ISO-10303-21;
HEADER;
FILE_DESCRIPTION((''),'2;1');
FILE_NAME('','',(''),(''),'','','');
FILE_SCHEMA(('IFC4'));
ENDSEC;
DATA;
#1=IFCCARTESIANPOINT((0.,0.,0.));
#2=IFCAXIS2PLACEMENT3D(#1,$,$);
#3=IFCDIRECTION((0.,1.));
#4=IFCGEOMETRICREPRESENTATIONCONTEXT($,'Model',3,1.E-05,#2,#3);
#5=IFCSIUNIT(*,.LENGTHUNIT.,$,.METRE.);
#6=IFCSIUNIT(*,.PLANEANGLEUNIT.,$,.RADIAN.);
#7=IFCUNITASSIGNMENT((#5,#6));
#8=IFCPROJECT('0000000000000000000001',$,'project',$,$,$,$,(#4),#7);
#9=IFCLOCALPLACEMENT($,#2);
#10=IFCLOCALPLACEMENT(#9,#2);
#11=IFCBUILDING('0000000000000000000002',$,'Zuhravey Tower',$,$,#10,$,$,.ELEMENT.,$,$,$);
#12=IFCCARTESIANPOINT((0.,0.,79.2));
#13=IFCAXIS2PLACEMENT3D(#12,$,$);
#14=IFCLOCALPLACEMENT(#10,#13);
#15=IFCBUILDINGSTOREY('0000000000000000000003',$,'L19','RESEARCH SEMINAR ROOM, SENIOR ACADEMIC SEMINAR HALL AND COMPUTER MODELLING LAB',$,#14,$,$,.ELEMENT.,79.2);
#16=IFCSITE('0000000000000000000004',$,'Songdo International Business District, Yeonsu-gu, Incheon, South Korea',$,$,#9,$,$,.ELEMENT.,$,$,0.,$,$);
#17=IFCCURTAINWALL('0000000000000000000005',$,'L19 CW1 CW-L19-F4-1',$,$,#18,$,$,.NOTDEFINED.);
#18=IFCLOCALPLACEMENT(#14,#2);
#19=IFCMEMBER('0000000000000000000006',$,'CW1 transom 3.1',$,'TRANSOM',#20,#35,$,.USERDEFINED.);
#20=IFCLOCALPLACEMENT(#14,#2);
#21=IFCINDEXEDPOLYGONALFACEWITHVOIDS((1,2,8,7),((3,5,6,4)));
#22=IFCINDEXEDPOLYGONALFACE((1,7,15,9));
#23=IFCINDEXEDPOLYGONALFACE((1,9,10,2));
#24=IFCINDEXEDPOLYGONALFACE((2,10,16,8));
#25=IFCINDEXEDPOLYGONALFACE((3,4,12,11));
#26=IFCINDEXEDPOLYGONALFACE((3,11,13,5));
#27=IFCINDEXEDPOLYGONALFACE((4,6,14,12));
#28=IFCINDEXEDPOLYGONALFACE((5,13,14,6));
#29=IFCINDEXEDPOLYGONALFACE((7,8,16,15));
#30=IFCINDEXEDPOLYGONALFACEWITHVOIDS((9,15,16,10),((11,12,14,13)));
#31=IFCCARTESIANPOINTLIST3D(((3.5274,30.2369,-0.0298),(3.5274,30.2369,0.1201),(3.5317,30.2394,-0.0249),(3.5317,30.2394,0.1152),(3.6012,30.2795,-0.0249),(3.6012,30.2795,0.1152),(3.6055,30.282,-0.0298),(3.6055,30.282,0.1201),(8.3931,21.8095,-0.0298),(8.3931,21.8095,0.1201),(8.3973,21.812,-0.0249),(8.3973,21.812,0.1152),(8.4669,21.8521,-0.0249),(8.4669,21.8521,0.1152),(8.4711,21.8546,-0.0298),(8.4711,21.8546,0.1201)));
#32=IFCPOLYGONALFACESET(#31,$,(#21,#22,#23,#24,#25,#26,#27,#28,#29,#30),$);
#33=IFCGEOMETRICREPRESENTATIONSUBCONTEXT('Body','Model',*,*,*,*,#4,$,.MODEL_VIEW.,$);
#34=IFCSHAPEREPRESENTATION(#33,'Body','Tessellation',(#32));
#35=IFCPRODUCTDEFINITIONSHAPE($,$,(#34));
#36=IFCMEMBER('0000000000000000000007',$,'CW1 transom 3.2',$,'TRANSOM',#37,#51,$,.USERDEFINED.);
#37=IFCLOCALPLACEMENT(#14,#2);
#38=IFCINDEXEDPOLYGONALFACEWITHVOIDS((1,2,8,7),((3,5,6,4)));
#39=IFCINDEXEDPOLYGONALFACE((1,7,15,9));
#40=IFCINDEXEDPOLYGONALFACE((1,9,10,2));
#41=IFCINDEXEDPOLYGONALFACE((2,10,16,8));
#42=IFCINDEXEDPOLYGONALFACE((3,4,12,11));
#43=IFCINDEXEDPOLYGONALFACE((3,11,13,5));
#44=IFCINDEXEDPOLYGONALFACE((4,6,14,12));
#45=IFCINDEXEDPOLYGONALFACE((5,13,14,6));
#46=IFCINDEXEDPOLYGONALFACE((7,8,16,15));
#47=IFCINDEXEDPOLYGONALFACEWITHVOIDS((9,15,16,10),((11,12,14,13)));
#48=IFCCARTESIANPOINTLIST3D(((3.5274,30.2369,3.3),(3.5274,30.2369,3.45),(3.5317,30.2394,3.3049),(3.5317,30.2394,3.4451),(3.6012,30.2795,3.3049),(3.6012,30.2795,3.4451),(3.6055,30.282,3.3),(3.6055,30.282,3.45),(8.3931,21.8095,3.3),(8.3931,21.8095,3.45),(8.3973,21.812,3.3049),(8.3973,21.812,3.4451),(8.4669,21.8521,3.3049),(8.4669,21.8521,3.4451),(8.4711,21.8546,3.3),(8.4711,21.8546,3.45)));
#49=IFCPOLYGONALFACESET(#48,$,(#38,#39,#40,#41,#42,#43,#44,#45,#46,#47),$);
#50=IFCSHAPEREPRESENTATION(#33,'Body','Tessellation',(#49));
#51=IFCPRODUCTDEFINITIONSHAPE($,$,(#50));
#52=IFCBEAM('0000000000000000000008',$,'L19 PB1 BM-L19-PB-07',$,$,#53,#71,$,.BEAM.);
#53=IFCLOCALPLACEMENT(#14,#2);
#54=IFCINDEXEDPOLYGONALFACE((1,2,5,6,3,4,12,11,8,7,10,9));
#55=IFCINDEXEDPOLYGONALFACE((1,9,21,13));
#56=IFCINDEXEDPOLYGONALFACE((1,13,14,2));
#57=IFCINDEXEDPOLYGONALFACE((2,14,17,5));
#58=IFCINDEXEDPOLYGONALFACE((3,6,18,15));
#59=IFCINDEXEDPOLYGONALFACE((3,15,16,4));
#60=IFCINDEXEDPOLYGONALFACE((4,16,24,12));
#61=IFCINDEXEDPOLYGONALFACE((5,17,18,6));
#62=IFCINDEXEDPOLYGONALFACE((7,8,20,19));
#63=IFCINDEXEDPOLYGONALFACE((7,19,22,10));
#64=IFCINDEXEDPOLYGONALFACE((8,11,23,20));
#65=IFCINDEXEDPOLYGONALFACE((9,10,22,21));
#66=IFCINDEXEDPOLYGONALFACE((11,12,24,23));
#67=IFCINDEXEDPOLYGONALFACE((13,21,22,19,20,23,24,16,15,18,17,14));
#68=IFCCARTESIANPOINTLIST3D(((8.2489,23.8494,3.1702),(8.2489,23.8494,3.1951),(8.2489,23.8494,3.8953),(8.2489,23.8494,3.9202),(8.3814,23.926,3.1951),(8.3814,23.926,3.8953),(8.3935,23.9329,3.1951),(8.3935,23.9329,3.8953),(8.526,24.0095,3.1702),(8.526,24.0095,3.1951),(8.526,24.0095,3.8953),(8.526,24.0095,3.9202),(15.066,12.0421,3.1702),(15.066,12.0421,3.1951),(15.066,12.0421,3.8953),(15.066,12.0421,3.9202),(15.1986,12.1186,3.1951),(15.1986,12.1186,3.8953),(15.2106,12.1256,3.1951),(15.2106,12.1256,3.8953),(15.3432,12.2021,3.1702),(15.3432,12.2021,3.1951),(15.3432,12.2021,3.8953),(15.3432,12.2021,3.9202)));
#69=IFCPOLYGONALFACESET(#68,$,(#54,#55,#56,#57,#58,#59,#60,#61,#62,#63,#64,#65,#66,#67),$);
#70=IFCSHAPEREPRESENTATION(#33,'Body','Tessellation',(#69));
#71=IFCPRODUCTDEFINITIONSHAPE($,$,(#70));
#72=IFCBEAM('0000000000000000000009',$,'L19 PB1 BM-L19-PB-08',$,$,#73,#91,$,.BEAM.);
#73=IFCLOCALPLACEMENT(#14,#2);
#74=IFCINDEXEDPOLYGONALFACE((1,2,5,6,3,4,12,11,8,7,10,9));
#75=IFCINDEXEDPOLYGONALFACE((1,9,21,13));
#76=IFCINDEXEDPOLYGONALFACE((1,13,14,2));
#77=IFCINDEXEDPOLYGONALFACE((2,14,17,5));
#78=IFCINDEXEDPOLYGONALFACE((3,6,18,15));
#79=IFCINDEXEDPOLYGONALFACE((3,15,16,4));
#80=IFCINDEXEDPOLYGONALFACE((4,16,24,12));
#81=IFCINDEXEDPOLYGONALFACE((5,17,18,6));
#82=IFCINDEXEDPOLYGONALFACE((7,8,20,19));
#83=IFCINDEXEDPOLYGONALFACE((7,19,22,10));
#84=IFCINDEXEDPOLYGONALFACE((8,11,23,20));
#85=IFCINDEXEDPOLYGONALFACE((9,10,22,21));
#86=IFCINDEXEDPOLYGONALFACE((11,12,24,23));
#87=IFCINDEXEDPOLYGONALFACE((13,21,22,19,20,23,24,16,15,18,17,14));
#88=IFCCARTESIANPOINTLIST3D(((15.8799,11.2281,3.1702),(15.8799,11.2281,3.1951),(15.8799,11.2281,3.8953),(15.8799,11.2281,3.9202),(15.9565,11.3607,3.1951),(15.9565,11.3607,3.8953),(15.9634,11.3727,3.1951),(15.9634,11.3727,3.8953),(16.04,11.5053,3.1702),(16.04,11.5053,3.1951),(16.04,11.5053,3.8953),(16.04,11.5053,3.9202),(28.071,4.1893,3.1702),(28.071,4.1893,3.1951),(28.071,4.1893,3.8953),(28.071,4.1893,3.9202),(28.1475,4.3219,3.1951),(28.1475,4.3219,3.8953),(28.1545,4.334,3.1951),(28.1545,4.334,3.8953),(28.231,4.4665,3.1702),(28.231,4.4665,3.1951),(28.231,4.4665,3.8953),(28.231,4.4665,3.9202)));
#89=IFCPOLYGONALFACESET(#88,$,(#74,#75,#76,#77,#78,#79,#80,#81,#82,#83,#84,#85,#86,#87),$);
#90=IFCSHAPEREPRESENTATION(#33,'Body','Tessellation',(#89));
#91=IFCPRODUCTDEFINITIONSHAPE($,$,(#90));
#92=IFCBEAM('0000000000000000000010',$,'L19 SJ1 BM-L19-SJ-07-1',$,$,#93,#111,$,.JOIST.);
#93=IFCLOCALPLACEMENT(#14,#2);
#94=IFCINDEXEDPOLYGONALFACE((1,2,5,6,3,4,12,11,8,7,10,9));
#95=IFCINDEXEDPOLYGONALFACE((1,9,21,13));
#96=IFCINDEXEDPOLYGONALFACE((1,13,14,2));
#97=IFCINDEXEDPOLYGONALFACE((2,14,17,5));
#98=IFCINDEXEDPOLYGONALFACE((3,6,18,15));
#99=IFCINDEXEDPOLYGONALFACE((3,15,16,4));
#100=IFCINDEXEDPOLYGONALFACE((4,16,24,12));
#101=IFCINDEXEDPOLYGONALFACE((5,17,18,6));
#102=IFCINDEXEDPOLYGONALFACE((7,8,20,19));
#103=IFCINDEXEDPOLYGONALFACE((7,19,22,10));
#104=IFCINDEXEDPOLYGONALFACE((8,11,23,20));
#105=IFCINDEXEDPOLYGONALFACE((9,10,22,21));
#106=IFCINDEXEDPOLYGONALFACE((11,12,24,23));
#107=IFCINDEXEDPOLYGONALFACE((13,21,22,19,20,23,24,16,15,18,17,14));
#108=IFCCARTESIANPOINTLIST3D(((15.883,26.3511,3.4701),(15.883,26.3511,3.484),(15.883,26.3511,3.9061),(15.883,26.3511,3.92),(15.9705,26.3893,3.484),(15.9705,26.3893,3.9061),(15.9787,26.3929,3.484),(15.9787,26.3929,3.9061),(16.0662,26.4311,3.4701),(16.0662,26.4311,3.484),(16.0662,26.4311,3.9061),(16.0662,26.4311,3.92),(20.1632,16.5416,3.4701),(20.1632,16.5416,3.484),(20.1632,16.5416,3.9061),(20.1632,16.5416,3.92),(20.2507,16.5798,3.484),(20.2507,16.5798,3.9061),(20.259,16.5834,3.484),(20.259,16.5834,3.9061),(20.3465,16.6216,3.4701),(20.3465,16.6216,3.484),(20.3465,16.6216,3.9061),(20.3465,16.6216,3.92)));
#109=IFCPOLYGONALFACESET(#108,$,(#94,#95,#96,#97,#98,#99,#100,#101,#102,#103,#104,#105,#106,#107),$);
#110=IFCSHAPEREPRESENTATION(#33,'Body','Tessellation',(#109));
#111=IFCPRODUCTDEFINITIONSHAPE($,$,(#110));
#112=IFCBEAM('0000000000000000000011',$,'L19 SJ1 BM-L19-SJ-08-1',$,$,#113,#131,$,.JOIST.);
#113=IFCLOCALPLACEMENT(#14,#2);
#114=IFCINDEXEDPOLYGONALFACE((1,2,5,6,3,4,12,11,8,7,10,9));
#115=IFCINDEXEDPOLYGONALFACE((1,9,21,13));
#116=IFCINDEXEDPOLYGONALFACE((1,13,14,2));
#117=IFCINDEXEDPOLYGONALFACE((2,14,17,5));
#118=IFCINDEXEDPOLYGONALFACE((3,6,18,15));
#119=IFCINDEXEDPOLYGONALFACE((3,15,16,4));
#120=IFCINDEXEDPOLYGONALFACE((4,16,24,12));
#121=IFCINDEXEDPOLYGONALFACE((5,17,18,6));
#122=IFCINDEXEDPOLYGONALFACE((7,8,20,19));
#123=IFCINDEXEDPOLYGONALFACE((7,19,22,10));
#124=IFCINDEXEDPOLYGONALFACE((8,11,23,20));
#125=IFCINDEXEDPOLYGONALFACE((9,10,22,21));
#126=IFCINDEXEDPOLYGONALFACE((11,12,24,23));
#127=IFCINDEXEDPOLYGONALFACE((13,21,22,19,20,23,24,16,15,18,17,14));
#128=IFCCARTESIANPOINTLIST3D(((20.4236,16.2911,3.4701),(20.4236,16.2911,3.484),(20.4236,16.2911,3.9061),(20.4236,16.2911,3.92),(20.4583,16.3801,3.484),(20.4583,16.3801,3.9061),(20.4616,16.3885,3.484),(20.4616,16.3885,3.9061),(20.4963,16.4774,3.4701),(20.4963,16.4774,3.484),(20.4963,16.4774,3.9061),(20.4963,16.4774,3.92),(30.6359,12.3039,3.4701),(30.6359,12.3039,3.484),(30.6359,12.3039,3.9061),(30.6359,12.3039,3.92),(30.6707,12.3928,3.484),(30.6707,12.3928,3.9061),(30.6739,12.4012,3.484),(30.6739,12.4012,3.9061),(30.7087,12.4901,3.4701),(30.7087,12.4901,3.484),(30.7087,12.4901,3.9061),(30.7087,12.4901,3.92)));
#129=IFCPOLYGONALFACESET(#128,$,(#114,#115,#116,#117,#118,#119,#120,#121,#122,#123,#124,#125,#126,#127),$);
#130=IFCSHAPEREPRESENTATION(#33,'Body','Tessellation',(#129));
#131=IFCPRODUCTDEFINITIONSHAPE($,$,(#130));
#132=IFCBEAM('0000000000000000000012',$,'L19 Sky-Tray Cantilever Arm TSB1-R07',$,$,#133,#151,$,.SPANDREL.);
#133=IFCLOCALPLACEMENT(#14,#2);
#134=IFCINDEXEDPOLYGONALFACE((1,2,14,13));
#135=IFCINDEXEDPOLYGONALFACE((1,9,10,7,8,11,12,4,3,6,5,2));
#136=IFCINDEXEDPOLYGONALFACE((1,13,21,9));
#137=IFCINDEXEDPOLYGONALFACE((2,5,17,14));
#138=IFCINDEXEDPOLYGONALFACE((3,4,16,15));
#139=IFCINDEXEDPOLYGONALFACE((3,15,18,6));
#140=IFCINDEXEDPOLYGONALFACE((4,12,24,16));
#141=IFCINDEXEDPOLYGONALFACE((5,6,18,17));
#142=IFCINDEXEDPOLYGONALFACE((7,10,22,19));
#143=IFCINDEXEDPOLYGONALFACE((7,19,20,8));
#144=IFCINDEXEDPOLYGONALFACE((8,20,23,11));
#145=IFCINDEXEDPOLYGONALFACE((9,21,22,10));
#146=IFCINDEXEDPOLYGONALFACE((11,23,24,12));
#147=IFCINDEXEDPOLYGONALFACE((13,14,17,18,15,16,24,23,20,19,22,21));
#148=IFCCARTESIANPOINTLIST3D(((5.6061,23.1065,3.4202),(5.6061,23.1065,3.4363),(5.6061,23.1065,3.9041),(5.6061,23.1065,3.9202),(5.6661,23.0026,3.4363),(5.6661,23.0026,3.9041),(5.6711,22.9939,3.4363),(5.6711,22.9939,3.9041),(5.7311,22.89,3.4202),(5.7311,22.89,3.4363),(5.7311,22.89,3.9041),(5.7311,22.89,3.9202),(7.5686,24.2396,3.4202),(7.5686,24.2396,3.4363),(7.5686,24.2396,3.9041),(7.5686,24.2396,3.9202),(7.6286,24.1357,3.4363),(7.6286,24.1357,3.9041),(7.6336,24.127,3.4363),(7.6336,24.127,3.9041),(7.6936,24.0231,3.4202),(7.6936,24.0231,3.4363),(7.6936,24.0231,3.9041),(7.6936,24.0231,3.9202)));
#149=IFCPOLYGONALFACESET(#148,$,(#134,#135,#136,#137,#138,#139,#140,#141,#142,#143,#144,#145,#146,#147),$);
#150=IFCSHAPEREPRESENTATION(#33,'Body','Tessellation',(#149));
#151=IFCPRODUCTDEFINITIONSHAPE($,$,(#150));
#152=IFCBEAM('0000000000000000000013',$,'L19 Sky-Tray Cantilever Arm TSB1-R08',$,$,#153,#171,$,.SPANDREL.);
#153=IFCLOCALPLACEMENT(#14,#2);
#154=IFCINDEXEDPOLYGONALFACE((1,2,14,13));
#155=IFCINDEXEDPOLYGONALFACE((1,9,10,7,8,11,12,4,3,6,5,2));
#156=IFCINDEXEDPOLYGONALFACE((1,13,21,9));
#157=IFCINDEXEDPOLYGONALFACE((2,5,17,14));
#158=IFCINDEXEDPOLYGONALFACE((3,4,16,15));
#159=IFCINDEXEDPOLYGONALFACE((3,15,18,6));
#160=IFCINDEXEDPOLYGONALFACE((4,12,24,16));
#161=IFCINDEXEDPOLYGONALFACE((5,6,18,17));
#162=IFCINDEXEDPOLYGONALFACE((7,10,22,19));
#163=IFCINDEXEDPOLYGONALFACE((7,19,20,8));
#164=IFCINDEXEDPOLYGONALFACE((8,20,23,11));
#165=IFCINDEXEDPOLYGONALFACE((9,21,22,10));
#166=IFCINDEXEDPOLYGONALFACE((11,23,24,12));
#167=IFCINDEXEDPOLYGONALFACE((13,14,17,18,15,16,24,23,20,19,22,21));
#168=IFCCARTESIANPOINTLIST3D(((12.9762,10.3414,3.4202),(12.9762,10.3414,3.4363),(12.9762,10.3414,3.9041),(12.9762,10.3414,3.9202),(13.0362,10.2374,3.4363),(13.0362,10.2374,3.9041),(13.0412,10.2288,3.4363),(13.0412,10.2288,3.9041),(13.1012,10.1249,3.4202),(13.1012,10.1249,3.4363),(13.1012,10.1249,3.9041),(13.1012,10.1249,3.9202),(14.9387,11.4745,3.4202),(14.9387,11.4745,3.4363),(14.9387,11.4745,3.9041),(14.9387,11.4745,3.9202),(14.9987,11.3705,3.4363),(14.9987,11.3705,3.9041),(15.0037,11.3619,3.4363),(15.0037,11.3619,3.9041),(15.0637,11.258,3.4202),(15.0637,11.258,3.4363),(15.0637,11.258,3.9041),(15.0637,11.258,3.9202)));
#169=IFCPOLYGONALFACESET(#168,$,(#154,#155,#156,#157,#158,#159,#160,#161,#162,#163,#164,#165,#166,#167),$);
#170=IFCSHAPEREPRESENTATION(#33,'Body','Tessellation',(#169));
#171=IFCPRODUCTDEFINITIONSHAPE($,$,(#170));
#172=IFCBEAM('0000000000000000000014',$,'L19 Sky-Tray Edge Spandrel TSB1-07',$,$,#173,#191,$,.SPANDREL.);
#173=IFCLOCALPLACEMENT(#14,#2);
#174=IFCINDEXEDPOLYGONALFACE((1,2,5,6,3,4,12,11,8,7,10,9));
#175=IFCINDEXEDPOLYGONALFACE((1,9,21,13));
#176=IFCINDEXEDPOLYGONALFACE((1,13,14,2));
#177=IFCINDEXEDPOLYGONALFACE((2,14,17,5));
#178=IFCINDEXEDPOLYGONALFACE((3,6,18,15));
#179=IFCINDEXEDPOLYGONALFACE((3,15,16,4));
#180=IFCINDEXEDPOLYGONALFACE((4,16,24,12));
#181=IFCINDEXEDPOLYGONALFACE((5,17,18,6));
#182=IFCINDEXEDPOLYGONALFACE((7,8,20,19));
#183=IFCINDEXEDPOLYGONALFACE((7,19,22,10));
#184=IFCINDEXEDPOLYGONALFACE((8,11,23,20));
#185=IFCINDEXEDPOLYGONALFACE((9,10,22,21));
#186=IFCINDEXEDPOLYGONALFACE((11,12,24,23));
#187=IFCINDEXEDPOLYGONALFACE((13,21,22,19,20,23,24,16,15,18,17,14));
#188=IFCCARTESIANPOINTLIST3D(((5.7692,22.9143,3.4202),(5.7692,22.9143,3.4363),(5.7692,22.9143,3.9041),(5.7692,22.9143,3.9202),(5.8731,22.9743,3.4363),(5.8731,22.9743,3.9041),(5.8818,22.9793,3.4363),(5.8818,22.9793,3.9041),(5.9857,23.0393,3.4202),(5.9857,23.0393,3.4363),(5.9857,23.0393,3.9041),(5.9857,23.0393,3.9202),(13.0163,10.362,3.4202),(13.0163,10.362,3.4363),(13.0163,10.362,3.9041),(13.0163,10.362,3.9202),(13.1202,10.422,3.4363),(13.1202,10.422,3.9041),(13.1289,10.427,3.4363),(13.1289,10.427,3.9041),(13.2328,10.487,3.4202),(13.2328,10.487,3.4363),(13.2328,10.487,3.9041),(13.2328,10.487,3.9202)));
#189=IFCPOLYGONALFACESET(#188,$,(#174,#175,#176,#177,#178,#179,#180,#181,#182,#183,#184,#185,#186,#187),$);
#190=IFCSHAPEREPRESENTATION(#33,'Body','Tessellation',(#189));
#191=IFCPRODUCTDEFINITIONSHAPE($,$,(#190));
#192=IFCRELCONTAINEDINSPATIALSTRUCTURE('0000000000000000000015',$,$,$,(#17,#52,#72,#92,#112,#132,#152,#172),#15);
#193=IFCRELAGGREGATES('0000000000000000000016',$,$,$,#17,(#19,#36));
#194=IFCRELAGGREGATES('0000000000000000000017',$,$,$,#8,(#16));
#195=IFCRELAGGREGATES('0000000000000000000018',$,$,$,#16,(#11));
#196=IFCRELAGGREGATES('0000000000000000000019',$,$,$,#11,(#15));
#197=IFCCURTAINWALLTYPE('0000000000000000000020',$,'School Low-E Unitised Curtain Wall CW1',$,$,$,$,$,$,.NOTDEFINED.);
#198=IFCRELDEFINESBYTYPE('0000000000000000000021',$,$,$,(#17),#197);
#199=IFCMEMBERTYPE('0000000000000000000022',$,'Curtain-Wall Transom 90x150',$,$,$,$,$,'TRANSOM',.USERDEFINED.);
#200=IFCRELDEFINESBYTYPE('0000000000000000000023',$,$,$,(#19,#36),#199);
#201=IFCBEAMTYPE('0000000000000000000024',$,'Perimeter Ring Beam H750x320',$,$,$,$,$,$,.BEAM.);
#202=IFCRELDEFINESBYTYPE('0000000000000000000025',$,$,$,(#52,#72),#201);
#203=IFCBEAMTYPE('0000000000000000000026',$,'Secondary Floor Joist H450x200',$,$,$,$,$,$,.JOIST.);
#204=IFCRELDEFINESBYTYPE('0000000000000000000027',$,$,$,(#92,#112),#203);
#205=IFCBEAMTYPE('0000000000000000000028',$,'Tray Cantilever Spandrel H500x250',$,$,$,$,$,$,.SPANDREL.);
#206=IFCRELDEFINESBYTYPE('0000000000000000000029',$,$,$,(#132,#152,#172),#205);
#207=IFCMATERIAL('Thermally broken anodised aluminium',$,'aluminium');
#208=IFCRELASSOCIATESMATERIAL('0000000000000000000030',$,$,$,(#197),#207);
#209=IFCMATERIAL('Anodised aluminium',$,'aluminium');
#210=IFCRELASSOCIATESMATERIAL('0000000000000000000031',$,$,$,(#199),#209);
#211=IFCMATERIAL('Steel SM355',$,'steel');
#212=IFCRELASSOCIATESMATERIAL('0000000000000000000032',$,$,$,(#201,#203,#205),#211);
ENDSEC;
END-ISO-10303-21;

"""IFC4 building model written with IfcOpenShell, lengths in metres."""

from ifc_helpers import new_model, si_unit, direction, frame, origin, origin_2d, place, context, subcontext, project, spatial, hollow_rectangle, i_section, extrude, material, material_profile, profile_set, type_object, element, aggregate, save


model = new_model("IFC4")

# Units and contexts
model_context = context("Model", 3, precision=1e-05, world=origin(), true_north=direction((0.0, 1.0)))
body_context = subcontext(model_context, "Body", "Model", "MODEL_VIEW")
ifc_project = project(units=[si_unit("LENGTHUNIT", "METRE"), si_unit("PLANEANGLEUNIT", "RADIAN")], contexts=[model_context])

# Site, building, storey
site_placement = place(None, origin())
site = spatial("IfcSite", under=ifc_project, at=site_placement, Name="Songdo International Business District, Yeonsu-gu, Incheon, South Korea", CompositionType="ELEMENT", RefElevation=0.0)
building_placement = place(site_placement, origin())
building = spatial("IfcBuilding", under=site, at=building_placement, Name="Zuhravey Tower", CompositionType="ELEMENT")
storey_placement = place(building_placement, frame((0.0, 0.0, 79.2)))
storey = spatial("IfcBuildingStorey", under=building, at=storey_placement, Name="L19", Description="RESEARCH SEMINAR ROOM, SENIOR ACADEMIC SEMINAR HALL AND COMPUTER MODELLING LAB", CompositionType="ELEMENT", Elevation=79.2)

# Shared definitions
ifc_material_1 = material(Name="Thermally broken anodised aluminium", Category="aluminium")
curtain_wall_type = type_object("IfcCurtainWallType", Name="School Low-E Unitised Curtain Wall CW1", PredefinedType="NOTDEFINED", material=ifc_material_1)
ifc_material_2 = material(Name="Anodised aluminium", Category="aluminium")

# Curtain wall, members
curtain_wall_1_placement = place(storey_placement, origin())
curtain_wall_1 = element("IfcCurtainWall", 1, at=curtain_wall_1_placement, inside=storey, type_object=curtain_wall_type, Name="L19 CW1 CW-L19-F4-1", PredefinedType="NOTDEFINED")
ifc_material_profile_1 = material_profile(ifc_material_2, hollow_rectangle(XDim=0.0901, YDim=0.1499, WallThickness=0.0049, at=origin_2d()), Name="ALU-RHS-90x150x5")
ifc_profile_set_1 = profile_set([ifc_material_profile_1], Name="Anodised aluminium")
member_type_1 = type_object("IfcMemberType", Name="Curtain-Wall Transom 90x150", ElementType="TRANSOM", PredefinedType="USERDEFINED", material=ifc_profile_set_1)
member_1_placement = place(storey_placement, frame((8.4321, 21.832, 0.0452), z_axis=(-0.500008, 0.866021, 0.0), x_axis=(-0.866021, -0.500008, 0.0)))
member_1 = element("IfcMember", 2, at=member_1_placement, type_object=member_type_1, Name="CW1 transom 3.1", ObjectType="TRANSOM", PredefinedType="USERDEFINED", context=body_context, shape_type="SweptSolid", body=[
    extrude(hollow_rectangle(XDim=0.0901, YDim=0.1499, WallThickness=0.0049, at=origin_2d()), origin(), (0.0, 0.0, 1.0), 9.7312),
])
member_2_placement = place(storey_placement, frame((8.4321, 21.832, 3.375), z_axis=(-0.500008, 0.866021, 0.0), x_axis=(-0.866021, -0.500008, 0.0)))
member_2 = element("IfcMember", 3, at=member_2_placement, type_object=member_type_1, Name="CW1 transom 3.2", ObjectType="TRANSOM", PredefinedType="USERDEFINED", context=body_context, shape_type="SweptSolid", body=[
    extrude(hollow_rectangle(XDim=0.0901, YDim=0.1499, WallThickness=0.0049, at=origin_2d()), origin(), (0.0, 0.0, 1.0), 9.7312),
])

# Beams
ifc_material_3 = material(Name="Steel SM355", Category="steel")
ifc_material_profile_2 = material_profile(ifc_material_3, i_section(OverallWidth=0.3201, OverallDepth=0.75, WebThickness=0.0139, FlangeThickness=0.0249, at=origin_2d()), Name="H-750x320x14x25")
ifc_profile_set_2 = profile_set([ifc_material_profile_2], Name="Steel SM355")
beam_type_1 = type_object("IfcBeamType", Name="Perimeter Ring Beam H750x320", PredefinedType="BEAM", material=ifc_profile_set_2)
beam_1_placement = place(storey_placement, frame((8.3875, 23.9294, 3.5452), z_axis=(0.500008, -0.866021, 0.0), x_axis=(0.866021, 0.500008, 0.0)))
element("IfcBeam", 4, at=beam_1_placement, inside=storey, type_object=beam_type_1, Name="L19 PB1 BM-L19-PB-07", PredefinedType="BEAM", context=body_context, shape_type="SweptSolid", body=[
    extrude(i_section(OverallWidth=0.3201, OverallDepth=0.75, WebThickness=0.0139, FlangeThickness=0.0249, at=origin_2d()), origin(), (0.0, 0.0, 1.0), 13.634),
])
beam_2_placement = place(storey_placement, frame((15.96, 11.3667, 3.5452), z_axis=(0.866018, -0.500013, 0.0), x_axis=(0.500013, 0.866018, 0.0)))
element("IfcBeam", 5, at=beam_2_placement, inside=storey, type_object=beam_type_1, Name="L19 PB1 BM-L19-PB-08", PredefinedType="BEAM", context=body_context, shape_type="SweptSolid", body=[
    extrude(i_section(OverallWidth=0.3201, OverallDepth=0.75, WebThickness=0.0139, FlangeThickness=0.0249, at=origin_2d()), origin(), (0.0, 0.0, 1.0), 14.0771),
])
ifc_material_profile_3 = material_profile(ifc_material_3, i_section(OverallWidth=0.2, OverallDepth=0.45, WebThickness=0.009, FlangeThickness=0.0139, at=origin_2d()), Name="H-450x200x9x14")
ifc_profile_set_3 = profile_set([ifc_material_profile_3], Name="Steel SM355")
beam_type_2 = type_object("IfcBeamType", Name="Secondary Floor Joist H450x200", PredefinedType="JOIST", material=ifc_profile_set_3)
beam_3_placement = place(storey_placement, frame((15.9746, 26.3911, 3.6951), z_axis=(0.399924, -0.916549, 0.0), x_axis=(0.916549, 0.399924, 0.0)))
element("IfcBeam", 6, at=beam_3_placement, inside=storey, type_object=beam_type_2, Name="L19 SJ1 BM-L19-SJ-07-1", PredefinedType="JOIST", context=body_context, shape_type="SweptSolid", body=[
    extrude(i_section(OverallWidth=0.2, OverallDepth=0.45, WebThickness=0.009, FlangeThickness=0.0139, at=origin_2d()), origin(), (0.0, 0.0, 1.0), 10.7026),
])
beam_4_placement = place(storey_placement, frame((20.46, 16.3843, 3.6951), z_axis=(0.931517, -0.363699, 0.0), x_axis=(0.363699, 0.931517, 0.0)))
element("IfcBeam", 7, at=beam_4_placement, inside=storey, type_object=beam_type_2, Name="L19 SJ1 BM-L19-SJ-08-1", PredefinedType="JOIST", context=body_context, shape_type="SweptSolid", body=[
    extrude(i_section(OverallWidth=0.2, OverallDepth=0.45, WebThickness=0.009, FlangeThickness=0.0139, at=origin_2d()), origin(), (0.0, 0.0, 1.0), 10.9631),
])
ifc_material_profile_4 = material_profile(ifc_material_3, i_section(OverallWidth=0.25, OverallDepth=0.5, WebThickness=0.01, FlangeThickness=0.0161, at=origin_2d()), Name="H-500x250x10x16")
ifc_profile_set_4 = profile_set([ifc_material_profile_4], Name="Steel SM355")
beam_type_3 = type_object("IfcBeamType", Name="Tray Cantilever Spandrel H500x250", PredefinedType="SPANDREL", material=ifc_profile_set_4)
for number, where, z_axis, x_axis, name in (
    (8, (7.6311, 24.1313, 3.6702), (-0.866013, -0.500021, 0.0), (0.500021, -0.866013, 0.0), "L19 Sky-Tray Cantilever Arm TSB1-R07"),
    (9, (15.0012, 11.3662, 3.6702), (-0.866013, -0.500021, 0.0), (0.500021, -0.866013, 0.0), "L19 Sky-Tray Cantilever Arm TSB1-R08"),
):
    element("IfcBeam", number, at=place(storey_placement, frame(where, z_axis=z_axis, x_axis=x_axis)), inside=storey, type_object=beam_type_3, Name=name, PredefinedType="SPANDREL", context=body_context, shape_type="SweptSolid", body=[
        extrude(i_section(OverallWidth=0.25, OverallDepth=0.5, WebThickness=0.01, FlangeThickness=0.0161, at=origin_2d()), origin(), (0.0, 0.0, 1.0), 2.2661),
    ])
beam_5_placement = place(storey_placement, frame((5.8774, 22.9768, 3.6702), z_axis=(0.500001, -0.866025, 0.0), x_axis=(0.866025, 0.500001, 0.0)))
element("IfcBeam", 10, at=beam_5_placement, inside=storey, type_object=beam_type_3, Name="L19 Sky-Tray Edge Spandrel TSB1-07", PredefinedType="SPANDREL", context=body_context, shape_type="SweptSolid", body=[
    extrude(i_section(OverallWidth=0.25, OverallDepth=0.5, WebThickness=0.01, FlangeThickness=0.0161, at=origin_2d()), origin(), (0.0, 0.0, 1.0), 14.4941),
])

aggregate(curtain_wall_1, [member_1, member_2])

save(model, "model.ifc")
